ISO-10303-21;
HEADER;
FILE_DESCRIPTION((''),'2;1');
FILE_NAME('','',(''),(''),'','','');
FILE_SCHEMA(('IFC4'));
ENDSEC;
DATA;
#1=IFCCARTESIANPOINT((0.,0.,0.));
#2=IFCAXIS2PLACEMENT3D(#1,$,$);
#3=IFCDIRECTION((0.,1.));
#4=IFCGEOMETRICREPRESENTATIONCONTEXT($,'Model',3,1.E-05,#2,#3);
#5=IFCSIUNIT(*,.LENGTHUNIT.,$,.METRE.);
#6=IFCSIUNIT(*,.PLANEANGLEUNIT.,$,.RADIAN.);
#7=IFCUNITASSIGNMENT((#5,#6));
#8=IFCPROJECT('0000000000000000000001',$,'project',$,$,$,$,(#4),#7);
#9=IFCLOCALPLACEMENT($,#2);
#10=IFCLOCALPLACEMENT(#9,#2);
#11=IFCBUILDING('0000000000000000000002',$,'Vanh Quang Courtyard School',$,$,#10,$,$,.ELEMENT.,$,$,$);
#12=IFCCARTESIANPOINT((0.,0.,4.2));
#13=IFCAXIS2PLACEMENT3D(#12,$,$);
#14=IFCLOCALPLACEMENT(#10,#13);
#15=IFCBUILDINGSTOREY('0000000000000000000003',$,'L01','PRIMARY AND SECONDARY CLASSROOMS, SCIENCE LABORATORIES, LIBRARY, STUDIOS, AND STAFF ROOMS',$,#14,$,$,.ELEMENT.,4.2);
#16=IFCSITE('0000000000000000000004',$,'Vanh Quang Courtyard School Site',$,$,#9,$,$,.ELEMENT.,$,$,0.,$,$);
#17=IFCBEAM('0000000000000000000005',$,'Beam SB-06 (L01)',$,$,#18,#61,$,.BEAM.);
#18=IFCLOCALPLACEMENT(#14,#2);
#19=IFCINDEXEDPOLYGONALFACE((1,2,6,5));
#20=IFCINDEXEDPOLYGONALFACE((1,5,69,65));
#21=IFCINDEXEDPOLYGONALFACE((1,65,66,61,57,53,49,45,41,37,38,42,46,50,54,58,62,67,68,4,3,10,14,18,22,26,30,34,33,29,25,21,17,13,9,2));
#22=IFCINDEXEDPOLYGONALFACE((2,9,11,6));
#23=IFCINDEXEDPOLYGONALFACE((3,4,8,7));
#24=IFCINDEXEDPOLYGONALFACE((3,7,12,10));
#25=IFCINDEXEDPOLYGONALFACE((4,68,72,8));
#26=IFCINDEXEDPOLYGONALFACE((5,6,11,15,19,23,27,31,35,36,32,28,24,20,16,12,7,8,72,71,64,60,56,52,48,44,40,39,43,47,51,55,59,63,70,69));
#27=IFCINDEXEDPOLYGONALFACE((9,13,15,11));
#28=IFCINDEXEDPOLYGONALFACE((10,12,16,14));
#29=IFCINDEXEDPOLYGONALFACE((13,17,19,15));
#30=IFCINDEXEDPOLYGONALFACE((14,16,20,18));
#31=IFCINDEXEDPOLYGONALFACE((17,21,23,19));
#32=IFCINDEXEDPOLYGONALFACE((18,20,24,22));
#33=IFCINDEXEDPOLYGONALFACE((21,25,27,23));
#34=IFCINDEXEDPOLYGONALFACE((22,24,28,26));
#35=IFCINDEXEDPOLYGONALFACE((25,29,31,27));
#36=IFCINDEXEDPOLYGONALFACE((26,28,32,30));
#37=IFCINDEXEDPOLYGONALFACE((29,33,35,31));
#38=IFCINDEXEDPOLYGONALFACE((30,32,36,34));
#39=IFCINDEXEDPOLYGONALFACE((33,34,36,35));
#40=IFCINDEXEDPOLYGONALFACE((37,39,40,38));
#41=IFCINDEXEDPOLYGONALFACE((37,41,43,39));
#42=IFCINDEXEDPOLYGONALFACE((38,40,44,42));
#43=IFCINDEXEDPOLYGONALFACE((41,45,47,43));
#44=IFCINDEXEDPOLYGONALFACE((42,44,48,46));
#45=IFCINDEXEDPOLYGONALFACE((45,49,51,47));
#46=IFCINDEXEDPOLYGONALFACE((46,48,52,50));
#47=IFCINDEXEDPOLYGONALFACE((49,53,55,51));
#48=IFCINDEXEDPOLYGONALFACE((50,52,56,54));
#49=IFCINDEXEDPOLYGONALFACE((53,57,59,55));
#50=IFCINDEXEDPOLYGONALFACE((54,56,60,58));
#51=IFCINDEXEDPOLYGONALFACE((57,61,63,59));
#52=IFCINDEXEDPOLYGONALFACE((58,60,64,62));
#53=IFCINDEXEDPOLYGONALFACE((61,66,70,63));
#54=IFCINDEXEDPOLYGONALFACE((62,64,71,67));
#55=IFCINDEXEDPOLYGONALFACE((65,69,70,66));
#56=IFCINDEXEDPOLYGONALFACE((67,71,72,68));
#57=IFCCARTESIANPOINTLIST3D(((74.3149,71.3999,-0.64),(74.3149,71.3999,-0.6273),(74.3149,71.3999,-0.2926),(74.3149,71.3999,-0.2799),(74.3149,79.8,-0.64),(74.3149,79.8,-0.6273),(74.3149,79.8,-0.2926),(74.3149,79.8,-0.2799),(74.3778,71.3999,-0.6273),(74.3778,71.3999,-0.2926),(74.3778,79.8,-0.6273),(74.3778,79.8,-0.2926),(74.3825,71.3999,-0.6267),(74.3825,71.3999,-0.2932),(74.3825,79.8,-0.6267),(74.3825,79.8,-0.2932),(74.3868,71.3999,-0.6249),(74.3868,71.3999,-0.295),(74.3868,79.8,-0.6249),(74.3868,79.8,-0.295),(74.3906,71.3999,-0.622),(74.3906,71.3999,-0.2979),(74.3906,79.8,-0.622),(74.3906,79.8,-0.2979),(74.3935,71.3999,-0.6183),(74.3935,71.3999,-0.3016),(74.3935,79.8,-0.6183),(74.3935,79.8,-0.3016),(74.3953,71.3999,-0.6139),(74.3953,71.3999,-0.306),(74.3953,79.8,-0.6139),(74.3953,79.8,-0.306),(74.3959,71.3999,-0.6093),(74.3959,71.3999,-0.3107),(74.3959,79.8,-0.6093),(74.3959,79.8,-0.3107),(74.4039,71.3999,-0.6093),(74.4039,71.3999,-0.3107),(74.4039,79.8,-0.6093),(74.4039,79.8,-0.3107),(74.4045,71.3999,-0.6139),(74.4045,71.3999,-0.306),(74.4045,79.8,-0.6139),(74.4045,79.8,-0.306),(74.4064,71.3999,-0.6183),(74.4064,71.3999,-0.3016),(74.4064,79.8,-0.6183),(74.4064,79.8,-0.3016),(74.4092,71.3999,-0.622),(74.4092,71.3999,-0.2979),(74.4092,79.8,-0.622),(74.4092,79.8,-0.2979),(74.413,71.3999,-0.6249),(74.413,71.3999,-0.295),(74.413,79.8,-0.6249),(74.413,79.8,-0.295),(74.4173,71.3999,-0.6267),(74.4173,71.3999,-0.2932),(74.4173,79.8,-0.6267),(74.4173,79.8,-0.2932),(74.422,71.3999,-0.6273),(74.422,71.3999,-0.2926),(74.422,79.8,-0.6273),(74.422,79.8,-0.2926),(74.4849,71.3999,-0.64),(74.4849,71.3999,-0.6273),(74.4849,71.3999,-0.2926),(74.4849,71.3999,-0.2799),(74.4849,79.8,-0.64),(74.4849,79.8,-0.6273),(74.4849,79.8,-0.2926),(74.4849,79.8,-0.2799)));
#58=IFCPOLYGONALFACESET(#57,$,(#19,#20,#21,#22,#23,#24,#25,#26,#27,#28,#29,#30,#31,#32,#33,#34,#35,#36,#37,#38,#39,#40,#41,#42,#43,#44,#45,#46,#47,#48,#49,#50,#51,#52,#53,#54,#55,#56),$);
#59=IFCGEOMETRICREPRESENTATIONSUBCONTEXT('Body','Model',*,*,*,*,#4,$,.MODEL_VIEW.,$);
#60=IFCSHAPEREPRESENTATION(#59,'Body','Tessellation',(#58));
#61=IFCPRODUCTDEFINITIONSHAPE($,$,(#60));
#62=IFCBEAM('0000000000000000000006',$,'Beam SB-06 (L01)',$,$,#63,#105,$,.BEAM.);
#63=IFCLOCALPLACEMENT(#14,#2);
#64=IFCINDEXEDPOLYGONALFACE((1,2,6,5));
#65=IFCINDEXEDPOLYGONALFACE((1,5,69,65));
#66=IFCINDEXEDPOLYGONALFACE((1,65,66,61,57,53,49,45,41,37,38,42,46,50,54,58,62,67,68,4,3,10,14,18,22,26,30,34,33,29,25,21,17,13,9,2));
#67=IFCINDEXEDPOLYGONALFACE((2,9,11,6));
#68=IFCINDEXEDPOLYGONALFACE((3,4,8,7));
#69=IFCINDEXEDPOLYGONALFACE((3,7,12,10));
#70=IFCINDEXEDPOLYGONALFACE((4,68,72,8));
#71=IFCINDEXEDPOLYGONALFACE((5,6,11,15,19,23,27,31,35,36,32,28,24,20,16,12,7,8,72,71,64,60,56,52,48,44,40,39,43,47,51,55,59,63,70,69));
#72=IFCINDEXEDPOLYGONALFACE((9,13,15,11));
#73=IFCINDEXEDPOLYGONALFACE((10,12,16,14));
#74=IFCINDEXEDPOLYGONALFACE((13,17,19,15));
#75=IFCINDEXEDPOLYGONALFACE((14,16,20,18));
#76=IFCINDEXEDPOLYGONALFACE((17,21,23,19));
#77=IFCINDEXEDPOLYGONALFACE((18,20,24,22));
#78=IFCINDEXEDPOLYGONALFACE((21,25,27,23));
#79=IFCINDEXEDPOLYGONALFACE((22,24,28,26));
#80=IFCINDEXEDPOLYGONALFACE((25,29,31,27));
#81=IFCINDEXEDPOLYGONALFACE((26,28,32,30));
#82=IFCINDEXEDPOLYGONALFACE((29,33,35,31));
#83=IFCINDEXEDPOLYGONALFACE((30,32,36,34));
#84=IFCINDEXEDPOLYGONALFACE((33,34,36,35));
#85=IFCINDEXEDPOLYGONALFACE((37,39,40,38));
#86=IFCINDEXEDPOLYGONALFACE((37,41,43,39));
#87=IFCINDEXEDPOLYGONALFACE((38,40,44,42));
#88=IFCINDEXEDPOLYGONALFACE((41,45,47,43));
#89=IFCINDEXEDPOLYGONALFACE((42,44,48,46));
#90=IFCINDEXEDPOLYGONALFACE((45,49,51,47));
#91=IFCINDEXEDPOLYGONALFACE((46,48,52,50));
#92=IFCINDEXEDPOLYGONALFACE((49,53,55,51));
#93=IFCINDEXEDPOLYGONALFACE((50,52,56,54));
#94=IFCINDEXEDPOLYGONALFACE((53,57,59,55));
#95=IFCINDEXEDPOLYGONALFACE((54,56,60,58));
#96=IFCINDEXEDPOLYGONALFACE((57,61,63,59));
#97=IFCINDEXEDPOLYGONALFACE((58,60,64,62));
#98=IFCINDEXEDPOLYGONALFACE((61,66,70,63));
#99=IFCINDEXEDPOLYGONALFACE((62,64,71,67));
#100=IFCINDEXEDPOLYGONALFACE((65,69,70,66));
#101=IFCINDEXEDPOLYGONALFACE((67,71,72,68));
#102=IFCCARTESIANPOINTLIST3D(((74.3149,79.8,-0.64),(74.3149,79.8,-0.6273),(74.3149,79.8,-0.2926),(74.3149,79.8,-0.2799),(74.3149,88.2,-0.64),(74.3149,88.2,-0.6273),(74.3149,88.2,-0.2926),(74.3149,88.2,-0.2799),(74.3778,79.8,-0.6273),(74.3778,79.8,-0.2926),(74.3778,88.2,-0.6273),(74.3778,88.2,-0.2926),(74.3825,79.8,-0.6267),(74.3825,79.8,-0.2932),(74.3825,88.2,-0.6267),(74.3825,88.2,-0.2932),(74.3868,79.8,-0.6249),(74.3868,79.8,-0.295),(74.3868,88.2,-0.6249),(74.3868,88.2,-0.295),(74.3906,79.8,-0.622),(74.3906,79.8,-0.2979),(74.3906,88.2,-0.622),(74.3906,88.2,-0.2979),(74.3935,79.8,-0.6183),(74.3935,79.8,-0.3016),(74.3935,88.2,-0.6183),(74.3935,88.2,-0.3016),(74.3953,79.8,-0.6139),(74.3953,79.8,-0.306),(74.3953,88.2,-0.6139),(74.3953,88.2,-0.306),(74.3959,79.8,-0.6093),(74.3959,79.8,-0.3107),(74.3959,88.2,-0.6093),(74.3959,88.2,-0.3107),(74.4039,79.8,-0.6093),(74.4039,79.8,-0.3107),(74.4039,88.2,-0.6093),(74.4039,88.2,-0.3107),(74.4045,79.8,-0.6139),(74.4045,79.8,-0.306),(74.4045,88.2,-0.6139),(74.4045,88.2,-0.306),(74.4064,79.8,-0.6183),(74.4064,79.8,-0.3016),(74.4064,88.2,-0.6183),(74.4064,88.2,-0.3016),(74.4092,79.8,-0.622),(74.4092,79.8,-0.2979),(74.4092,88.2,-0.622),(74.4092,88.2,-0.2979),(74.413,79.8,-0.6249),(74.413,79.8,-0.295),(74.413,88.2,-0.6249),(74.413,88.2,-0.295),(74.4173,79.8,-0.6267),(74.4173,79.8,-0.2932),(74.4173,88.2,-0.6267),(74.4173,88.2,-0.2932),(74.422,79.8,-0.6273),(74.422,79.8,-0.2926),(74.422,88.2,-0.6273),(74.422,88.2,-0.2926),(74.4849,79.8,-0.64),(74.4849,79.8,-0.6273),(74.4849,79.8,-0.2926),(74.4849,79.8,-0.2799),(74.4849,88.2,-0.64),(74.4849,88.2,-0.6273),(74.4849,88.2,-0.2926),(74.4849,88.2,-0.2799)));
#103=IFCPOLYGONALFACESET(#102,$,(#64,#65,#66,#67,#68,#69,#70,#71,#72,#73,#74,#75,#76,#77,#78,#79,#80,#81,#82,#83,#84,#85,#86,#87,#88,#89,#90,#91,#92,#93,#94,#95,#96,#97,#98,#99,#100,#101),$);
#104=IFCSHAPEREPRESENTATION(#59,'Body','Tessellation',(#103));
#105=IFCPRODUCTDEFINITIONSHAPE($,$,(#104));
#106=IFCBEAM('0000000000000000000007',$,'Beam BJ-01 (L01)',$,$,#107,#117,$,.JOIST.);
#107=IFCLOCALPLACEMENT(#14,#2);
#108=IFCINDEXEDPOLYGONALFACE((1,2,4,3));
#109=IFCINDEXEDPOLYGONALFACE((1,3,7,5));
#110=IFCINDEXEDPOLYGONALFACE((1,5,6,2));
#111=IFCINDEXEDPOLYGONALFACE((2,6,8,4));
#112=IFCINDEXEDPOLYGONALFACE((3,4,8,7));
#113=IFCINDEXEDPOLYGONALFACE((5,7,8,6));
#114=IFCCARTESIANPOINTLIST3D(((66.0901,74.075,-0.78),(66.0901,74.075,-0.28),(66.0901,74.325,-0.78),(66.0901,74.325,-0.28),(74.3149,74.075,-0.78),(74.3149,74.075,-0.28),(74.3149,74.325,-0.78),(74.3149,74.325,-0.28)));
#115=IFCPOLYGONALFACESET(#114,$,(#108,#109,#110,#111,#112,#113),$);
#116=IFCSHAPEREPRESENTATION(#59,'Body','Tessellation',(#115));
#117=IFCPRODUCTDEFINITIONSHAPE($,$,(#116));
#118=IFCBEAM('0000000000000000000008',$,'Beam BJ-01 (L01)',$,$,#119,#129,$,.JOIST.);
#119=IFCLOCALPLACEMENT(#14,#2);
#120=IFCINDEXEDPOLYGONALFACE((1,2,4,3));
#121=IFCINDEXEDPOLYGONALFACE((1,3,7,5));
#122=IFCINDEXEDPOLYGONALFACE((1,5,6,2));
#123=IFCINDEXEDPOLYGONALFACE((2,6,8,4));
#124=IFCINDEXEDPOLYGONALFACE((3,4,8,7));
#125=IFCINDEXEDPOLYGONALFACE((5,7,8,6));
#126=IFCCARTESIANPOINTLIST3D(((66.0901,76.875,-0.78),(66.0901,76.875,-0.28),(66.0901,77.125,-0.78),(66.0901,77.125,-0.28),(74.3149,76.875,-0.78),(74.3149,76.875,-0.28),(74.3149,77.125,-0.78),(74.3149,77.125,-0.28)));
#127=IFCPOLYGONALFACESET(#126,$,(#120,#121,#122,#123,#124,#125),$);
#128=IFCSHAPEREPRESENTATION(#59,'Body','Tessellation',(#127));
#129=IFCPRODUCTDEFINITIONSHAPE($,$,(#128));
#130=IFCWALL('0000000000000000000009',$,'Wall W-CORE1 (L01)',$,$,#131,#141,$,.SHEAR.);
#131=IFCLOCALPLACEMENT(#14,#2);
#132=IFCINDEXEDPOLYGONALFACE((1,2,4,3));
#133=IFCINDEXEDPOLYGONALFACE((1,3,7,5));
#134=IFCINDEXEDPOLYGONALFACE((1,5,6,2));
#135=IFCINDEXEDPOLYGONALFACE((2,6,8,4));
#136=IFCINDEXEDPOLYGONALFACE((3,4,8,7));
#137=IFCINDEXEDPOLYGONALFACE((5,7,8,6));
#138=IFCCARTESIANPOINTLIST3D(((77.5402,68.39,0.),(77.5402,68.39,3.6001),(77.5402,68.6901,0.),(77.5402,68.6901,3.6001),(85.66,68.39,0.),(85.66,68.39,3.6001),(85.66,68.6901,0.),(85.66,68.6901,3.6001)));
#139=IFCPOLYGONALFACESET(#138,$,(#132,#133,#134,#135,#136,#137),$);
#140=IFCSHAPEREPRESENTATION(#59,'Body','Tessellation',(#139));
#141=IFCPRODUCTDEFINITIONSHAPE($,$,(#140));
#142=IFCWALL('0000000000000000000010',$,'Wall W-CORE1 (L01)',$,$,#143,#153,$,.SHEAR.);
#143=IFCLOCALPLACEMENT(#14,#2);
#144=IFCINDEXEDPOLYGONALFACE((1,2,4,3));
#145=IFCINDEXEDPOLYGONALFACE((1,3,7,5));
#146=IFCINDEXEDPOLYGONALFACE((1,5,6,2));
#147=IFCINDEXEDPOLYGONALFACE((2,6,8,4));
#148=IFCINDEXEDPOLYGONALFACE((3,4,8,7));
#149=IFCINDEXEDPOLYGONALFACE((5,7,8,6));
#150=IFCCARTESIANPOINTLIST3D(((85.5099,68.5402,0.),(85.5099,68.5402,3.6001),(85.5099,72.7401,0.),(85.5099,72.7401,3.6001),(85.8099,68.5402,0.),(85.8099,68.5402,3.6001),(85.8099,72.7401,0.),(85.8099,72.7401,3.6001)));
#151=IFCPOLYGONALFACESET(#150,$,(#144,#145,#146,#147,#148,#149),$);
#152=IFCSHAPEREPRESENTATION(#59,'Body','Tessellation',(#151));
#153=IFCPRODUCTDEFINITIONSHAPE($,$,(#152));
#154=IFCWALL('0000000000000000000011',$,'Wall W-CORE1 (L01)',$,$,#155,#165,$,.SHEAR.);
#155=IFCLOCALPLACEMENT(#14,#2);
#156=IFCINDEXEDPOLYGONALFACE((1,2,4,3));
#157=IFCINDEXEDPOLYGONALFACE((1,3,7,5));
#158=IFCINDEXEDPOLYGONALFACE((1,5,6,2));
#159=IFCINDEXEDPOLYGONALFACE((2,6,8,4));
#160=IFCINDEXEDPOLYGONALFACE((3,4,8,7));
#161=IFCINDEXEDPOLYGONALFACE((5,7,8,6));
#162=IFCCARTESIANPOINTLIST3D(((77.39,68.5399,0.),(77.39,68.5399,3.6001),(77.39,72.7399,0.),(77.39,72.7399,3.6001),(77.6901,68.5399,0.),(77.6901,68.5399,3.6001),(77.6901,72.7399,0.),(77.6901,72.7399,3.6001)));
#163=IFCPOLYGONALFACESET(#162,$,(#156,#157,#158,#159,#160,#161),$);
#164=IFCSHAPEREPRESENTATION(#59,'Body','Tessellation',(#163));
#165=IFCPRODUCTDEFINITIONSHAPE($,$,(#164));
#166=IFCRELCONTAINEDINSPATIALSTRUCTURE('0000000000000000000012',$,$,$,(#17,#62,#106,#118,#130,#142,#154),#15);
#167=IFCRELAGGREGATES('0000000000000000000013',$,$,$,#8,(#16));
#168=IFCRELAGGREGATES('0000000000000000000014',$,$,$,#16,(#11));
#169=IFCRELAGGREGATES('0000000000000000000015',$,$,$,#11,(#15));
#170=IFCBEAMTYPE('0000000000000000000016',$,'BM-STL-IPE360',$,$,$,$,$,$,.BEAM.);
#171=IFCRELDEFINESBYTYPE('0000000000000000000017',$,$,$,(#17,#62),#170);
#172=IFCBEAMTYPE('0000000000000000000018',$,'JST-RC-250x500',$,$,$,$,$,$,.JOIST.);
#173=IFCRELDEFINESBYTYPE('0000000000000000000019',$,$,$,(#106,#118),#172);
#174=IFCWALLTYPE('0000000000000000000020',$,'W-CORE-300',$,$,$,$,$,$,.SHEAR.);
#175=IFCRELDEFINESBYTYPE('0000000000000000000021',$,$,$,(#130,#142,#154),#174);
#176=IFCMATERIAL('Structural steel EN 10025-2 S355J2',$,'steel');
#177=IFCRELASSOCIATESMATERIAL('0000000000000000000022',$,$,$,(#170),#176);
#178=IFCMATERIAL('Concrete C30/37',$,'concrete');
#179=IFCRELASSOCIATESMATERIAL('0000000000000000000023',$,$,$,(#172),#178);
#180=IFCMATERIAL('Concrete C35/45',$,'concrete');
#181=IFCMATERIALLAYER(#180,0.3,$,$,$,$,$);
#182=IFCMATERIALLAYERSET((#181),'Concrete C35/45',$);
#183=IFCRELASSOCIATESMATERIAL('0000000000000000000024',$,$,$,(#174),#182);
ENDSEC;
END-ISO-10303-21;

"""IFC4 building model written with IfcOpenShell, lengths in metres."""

from ifc_helpers import new_model, si_unit, direction, frame, frame_2d, origin, origin_2d, place, context, subcontext, project, spatial, rectangle, i_section, extrude, material, layer, layer_set, material_profile, profile_set, type_object, element, save


model = new_model("IFC4")

# Units and contexts
model_context = context("Model", 3, precision=1e-05, world=origin(), true_north=direction((0.0, 1.0)))
body_context = subcontext(model_context, "Body", "Model", "MODEL_VIEW")
ifc_project = project(units=[si_unit("LENGTHUNIT", "METRE"), si_unit("PLANEANGLEUNIT", "RADIAN")], contexts=[model_context])

# Site, building, storey
site_placement = place(None, origin())
site = spatial("IfcSite", under=ifc_project, at=site_placement, Name="Vanh Quang Courtyard School Site", CompositionType="ELEMENT", RefElevation=0.0)
building_placement = place(site_placement, origin())
building = spatial("IfcBuilding", under=site, at=building_placement, Name="Vanh Quang Courtyard School", CompositionType="ELEMENT")
storey_placement = place(building_placement, frame((0.0, 0.0, 4.2)))
storey = spatial("IfcBuildingStorey", under=building, at=storey_placement, Name="L01", Description="PRIMARY AND SECONDARY CLASSROOMS, SCIENCE LABORATORIES, LIBRARY, STUDIOS, AND STAFF ROOMS", CompositionType="ELEMENT", Elevation=4.2)

# Shared definitions
ifc_material_1 = material(Name="Concrete C35/45", Category="concrete")

# Beams
ifc_material_2 = material(Name="Structural steel EN 10025-2 S355J2", Category="steel")
ifc_material_profile_1 = material_profile(ifc_material_2, i_section(OverallWidth=0.1699, OverallDepth=0.3601, WebThickness=0.0081, FlangeThickness=0.0127, FilletRadius=0.0181, at=origin_2d()), Name="IPE 360")
ifc_profile_set_1 = profile_set([ifc_material_profile_1], Name="Structural steel EN 10025-2 S355J2")
beam_type_1 = type_object("IfcBeamType", Name="BM-STL-IPE360", PredefinedType="BEAM", material=ifc_profile_set_1)
beam_1_placement = place(storey_placement, frame((74.3999, 71.3999, -0.46), z_axis=(0.0, 1.0, 0.0), x_axis=(-1.0, 0.0, 0.0)))
element("IfcBeam", 1, at=beam_1_placement, inside=storey, type_object=beam_type_1, Name="Beam SB-06 (L01)", PredefinedType="BEAM", context=body_context, shape_type="SweptSolid", body=[
    extrude(i_section(OverallWidth=0.1699, OverallDepth=0.3601, WebThickness=0.0081, FlangeThickness=0.0127, FilletRadius=0.0181, at=origin_2d()), origin(), (0.0, 0.0, 1.0), 8.4001),
])
beam_2_placement = place(storey_placement, frame((74.3999, 79.8, -0.46), z_axis=(0.0, 1.0, 0.0), x_axis=(-1.0, 0.0, 0.0)))
element("IfcBeam", 2, at=beam_2_placement, inside=storey, type_object=beam_type_1, Name="Beam SB-06 (L01)", PredefinedType="BEAM", context=body_context, shape_type="SweptSolid", body=[
    extrude(i_section(OverallWidth=0.1699, OverallDepth=0.3601, WebThickness=0.0081, FlangeThickness=0.0127, FilletRadius=0.0181, at=origin_2d()), origin(), (0.0, 0.0, 1.0), 8.3999),
])
ifc_material_3 = material(Name="Concrete C30/37", Category="concrete")
ifc_material_profile_2 = material_profile(ifc_material_3, rectangle(XDim=0.25, YDim=0.5, at=origin_2d()), Name="RC-JST 250x500")
ifc_profile_set_2 = profile_set([ifc_material_profile_2], Name="Concrete C30/37")
beam_type_2 = type_object("IfcBeamType", Name="JST-RC-250x500", PredefinedType="JOIST", material=ifc_profile_set_2)
for number, where, z_axis, x_axis, name in (
    (3, (66.0901, 74.2, -0.53), (1.0, 0.0, 0.0), (0.0, 1.0, 0.0), "Beam BJ-01 (L01)"),
    (4, (66.0901, 77.0, -0.53), (1.0, 0.0, 0.0), (0.0, 1.0, 0.0), "Beam BJ-01 (L01)"),
):
    element("IfcBeam", number, at=place(storey_placement, frame(where, z_axis=z_axis, x_axis=x_axis)), inside=storey, type_object=beam_type_2, Name=name, PredefinedType="JOIST", context=body_context, shape_type="SweptSolid", body=[
        extrude(rectangle(XDim=0.25, YDim=0.5, at=origin_2d()), origin(), (0.0, 0.0, 1.0), 8.2249),
    ])

# Walls
ifc_layer_1 = layer(ifc_material_1, 0.3)
ifc_layer_set_1 = layer_set([ifc_layer_1], Name="Concrete C35/45")
wall_type_1 = type_object("IfcWallType", Name="W-CORE-300", PredefinedType="SHEAR", material=ifc_layer_set_1)
wall_1_placement = place(storey_placement, frame((77.54, 68.54, 0.0), z_axis=(0.0, 0.0, 1.0), x_axis=(1.0, 0.0, 0.0)))
element("IfcWall", 5, at=wall_1_placement, inside=storey, type_object=wall_type_1, Name="Wall W-CORE1 (L01)", PredefinedType="SHEAR", context=body_context, shape_type="SweptSolid", body=[
    extrude(rectangle(XDim=8.1199, YDim=0.3, at=frame_2d((4.0601, 0.0))), origin(), (0.0, 0.0, 1.0), 3.6001),
])
wall_2_placement = place(storey_placement, frame((85.6599, 68.54, 0.0), z_axis=(0.0, 0.0, 1.0), x_axis=(0.0, 1.0, 0.0)))
element("IfcWall", 6, at=wall_2_placement, inside=storey, type_object=wall_type_1, Name="Wall W-CORE1 (L01)", PredefinedType="SHEAR", context=body_context, shape_type="SweptSolid", body=[
    extrude(rectangle(XDim=4.2, YDim=0.3, at=frame_2d((2.1001, 0.0))), origin(), (0.0, 0.0, 1.0), 3.6001),
])

# Wall
wall_3_placement = place(storey_placement, frame((77.54, 72.74, 0.0), z_axis=(0.0, 0.0, 1.0), x_axis=(0.0, -1.0, 0.0)))
element("IfcWall", 7, at=wall_3_placement, inside=storey, type_object=wall_type_1, Name="Wall W-CORE1 (L01)", PredefinedType="SHEAR", context=body_context, shape_type="SweptSolid", body=[
    extrude(rectangle(XDim=4.2, YDim=0.3, at=frame_2d((2.1001, 0.0))), origin(), (0.0, 0.0, 1.0), 3.6001),
])

save(model, "model.ifc")
